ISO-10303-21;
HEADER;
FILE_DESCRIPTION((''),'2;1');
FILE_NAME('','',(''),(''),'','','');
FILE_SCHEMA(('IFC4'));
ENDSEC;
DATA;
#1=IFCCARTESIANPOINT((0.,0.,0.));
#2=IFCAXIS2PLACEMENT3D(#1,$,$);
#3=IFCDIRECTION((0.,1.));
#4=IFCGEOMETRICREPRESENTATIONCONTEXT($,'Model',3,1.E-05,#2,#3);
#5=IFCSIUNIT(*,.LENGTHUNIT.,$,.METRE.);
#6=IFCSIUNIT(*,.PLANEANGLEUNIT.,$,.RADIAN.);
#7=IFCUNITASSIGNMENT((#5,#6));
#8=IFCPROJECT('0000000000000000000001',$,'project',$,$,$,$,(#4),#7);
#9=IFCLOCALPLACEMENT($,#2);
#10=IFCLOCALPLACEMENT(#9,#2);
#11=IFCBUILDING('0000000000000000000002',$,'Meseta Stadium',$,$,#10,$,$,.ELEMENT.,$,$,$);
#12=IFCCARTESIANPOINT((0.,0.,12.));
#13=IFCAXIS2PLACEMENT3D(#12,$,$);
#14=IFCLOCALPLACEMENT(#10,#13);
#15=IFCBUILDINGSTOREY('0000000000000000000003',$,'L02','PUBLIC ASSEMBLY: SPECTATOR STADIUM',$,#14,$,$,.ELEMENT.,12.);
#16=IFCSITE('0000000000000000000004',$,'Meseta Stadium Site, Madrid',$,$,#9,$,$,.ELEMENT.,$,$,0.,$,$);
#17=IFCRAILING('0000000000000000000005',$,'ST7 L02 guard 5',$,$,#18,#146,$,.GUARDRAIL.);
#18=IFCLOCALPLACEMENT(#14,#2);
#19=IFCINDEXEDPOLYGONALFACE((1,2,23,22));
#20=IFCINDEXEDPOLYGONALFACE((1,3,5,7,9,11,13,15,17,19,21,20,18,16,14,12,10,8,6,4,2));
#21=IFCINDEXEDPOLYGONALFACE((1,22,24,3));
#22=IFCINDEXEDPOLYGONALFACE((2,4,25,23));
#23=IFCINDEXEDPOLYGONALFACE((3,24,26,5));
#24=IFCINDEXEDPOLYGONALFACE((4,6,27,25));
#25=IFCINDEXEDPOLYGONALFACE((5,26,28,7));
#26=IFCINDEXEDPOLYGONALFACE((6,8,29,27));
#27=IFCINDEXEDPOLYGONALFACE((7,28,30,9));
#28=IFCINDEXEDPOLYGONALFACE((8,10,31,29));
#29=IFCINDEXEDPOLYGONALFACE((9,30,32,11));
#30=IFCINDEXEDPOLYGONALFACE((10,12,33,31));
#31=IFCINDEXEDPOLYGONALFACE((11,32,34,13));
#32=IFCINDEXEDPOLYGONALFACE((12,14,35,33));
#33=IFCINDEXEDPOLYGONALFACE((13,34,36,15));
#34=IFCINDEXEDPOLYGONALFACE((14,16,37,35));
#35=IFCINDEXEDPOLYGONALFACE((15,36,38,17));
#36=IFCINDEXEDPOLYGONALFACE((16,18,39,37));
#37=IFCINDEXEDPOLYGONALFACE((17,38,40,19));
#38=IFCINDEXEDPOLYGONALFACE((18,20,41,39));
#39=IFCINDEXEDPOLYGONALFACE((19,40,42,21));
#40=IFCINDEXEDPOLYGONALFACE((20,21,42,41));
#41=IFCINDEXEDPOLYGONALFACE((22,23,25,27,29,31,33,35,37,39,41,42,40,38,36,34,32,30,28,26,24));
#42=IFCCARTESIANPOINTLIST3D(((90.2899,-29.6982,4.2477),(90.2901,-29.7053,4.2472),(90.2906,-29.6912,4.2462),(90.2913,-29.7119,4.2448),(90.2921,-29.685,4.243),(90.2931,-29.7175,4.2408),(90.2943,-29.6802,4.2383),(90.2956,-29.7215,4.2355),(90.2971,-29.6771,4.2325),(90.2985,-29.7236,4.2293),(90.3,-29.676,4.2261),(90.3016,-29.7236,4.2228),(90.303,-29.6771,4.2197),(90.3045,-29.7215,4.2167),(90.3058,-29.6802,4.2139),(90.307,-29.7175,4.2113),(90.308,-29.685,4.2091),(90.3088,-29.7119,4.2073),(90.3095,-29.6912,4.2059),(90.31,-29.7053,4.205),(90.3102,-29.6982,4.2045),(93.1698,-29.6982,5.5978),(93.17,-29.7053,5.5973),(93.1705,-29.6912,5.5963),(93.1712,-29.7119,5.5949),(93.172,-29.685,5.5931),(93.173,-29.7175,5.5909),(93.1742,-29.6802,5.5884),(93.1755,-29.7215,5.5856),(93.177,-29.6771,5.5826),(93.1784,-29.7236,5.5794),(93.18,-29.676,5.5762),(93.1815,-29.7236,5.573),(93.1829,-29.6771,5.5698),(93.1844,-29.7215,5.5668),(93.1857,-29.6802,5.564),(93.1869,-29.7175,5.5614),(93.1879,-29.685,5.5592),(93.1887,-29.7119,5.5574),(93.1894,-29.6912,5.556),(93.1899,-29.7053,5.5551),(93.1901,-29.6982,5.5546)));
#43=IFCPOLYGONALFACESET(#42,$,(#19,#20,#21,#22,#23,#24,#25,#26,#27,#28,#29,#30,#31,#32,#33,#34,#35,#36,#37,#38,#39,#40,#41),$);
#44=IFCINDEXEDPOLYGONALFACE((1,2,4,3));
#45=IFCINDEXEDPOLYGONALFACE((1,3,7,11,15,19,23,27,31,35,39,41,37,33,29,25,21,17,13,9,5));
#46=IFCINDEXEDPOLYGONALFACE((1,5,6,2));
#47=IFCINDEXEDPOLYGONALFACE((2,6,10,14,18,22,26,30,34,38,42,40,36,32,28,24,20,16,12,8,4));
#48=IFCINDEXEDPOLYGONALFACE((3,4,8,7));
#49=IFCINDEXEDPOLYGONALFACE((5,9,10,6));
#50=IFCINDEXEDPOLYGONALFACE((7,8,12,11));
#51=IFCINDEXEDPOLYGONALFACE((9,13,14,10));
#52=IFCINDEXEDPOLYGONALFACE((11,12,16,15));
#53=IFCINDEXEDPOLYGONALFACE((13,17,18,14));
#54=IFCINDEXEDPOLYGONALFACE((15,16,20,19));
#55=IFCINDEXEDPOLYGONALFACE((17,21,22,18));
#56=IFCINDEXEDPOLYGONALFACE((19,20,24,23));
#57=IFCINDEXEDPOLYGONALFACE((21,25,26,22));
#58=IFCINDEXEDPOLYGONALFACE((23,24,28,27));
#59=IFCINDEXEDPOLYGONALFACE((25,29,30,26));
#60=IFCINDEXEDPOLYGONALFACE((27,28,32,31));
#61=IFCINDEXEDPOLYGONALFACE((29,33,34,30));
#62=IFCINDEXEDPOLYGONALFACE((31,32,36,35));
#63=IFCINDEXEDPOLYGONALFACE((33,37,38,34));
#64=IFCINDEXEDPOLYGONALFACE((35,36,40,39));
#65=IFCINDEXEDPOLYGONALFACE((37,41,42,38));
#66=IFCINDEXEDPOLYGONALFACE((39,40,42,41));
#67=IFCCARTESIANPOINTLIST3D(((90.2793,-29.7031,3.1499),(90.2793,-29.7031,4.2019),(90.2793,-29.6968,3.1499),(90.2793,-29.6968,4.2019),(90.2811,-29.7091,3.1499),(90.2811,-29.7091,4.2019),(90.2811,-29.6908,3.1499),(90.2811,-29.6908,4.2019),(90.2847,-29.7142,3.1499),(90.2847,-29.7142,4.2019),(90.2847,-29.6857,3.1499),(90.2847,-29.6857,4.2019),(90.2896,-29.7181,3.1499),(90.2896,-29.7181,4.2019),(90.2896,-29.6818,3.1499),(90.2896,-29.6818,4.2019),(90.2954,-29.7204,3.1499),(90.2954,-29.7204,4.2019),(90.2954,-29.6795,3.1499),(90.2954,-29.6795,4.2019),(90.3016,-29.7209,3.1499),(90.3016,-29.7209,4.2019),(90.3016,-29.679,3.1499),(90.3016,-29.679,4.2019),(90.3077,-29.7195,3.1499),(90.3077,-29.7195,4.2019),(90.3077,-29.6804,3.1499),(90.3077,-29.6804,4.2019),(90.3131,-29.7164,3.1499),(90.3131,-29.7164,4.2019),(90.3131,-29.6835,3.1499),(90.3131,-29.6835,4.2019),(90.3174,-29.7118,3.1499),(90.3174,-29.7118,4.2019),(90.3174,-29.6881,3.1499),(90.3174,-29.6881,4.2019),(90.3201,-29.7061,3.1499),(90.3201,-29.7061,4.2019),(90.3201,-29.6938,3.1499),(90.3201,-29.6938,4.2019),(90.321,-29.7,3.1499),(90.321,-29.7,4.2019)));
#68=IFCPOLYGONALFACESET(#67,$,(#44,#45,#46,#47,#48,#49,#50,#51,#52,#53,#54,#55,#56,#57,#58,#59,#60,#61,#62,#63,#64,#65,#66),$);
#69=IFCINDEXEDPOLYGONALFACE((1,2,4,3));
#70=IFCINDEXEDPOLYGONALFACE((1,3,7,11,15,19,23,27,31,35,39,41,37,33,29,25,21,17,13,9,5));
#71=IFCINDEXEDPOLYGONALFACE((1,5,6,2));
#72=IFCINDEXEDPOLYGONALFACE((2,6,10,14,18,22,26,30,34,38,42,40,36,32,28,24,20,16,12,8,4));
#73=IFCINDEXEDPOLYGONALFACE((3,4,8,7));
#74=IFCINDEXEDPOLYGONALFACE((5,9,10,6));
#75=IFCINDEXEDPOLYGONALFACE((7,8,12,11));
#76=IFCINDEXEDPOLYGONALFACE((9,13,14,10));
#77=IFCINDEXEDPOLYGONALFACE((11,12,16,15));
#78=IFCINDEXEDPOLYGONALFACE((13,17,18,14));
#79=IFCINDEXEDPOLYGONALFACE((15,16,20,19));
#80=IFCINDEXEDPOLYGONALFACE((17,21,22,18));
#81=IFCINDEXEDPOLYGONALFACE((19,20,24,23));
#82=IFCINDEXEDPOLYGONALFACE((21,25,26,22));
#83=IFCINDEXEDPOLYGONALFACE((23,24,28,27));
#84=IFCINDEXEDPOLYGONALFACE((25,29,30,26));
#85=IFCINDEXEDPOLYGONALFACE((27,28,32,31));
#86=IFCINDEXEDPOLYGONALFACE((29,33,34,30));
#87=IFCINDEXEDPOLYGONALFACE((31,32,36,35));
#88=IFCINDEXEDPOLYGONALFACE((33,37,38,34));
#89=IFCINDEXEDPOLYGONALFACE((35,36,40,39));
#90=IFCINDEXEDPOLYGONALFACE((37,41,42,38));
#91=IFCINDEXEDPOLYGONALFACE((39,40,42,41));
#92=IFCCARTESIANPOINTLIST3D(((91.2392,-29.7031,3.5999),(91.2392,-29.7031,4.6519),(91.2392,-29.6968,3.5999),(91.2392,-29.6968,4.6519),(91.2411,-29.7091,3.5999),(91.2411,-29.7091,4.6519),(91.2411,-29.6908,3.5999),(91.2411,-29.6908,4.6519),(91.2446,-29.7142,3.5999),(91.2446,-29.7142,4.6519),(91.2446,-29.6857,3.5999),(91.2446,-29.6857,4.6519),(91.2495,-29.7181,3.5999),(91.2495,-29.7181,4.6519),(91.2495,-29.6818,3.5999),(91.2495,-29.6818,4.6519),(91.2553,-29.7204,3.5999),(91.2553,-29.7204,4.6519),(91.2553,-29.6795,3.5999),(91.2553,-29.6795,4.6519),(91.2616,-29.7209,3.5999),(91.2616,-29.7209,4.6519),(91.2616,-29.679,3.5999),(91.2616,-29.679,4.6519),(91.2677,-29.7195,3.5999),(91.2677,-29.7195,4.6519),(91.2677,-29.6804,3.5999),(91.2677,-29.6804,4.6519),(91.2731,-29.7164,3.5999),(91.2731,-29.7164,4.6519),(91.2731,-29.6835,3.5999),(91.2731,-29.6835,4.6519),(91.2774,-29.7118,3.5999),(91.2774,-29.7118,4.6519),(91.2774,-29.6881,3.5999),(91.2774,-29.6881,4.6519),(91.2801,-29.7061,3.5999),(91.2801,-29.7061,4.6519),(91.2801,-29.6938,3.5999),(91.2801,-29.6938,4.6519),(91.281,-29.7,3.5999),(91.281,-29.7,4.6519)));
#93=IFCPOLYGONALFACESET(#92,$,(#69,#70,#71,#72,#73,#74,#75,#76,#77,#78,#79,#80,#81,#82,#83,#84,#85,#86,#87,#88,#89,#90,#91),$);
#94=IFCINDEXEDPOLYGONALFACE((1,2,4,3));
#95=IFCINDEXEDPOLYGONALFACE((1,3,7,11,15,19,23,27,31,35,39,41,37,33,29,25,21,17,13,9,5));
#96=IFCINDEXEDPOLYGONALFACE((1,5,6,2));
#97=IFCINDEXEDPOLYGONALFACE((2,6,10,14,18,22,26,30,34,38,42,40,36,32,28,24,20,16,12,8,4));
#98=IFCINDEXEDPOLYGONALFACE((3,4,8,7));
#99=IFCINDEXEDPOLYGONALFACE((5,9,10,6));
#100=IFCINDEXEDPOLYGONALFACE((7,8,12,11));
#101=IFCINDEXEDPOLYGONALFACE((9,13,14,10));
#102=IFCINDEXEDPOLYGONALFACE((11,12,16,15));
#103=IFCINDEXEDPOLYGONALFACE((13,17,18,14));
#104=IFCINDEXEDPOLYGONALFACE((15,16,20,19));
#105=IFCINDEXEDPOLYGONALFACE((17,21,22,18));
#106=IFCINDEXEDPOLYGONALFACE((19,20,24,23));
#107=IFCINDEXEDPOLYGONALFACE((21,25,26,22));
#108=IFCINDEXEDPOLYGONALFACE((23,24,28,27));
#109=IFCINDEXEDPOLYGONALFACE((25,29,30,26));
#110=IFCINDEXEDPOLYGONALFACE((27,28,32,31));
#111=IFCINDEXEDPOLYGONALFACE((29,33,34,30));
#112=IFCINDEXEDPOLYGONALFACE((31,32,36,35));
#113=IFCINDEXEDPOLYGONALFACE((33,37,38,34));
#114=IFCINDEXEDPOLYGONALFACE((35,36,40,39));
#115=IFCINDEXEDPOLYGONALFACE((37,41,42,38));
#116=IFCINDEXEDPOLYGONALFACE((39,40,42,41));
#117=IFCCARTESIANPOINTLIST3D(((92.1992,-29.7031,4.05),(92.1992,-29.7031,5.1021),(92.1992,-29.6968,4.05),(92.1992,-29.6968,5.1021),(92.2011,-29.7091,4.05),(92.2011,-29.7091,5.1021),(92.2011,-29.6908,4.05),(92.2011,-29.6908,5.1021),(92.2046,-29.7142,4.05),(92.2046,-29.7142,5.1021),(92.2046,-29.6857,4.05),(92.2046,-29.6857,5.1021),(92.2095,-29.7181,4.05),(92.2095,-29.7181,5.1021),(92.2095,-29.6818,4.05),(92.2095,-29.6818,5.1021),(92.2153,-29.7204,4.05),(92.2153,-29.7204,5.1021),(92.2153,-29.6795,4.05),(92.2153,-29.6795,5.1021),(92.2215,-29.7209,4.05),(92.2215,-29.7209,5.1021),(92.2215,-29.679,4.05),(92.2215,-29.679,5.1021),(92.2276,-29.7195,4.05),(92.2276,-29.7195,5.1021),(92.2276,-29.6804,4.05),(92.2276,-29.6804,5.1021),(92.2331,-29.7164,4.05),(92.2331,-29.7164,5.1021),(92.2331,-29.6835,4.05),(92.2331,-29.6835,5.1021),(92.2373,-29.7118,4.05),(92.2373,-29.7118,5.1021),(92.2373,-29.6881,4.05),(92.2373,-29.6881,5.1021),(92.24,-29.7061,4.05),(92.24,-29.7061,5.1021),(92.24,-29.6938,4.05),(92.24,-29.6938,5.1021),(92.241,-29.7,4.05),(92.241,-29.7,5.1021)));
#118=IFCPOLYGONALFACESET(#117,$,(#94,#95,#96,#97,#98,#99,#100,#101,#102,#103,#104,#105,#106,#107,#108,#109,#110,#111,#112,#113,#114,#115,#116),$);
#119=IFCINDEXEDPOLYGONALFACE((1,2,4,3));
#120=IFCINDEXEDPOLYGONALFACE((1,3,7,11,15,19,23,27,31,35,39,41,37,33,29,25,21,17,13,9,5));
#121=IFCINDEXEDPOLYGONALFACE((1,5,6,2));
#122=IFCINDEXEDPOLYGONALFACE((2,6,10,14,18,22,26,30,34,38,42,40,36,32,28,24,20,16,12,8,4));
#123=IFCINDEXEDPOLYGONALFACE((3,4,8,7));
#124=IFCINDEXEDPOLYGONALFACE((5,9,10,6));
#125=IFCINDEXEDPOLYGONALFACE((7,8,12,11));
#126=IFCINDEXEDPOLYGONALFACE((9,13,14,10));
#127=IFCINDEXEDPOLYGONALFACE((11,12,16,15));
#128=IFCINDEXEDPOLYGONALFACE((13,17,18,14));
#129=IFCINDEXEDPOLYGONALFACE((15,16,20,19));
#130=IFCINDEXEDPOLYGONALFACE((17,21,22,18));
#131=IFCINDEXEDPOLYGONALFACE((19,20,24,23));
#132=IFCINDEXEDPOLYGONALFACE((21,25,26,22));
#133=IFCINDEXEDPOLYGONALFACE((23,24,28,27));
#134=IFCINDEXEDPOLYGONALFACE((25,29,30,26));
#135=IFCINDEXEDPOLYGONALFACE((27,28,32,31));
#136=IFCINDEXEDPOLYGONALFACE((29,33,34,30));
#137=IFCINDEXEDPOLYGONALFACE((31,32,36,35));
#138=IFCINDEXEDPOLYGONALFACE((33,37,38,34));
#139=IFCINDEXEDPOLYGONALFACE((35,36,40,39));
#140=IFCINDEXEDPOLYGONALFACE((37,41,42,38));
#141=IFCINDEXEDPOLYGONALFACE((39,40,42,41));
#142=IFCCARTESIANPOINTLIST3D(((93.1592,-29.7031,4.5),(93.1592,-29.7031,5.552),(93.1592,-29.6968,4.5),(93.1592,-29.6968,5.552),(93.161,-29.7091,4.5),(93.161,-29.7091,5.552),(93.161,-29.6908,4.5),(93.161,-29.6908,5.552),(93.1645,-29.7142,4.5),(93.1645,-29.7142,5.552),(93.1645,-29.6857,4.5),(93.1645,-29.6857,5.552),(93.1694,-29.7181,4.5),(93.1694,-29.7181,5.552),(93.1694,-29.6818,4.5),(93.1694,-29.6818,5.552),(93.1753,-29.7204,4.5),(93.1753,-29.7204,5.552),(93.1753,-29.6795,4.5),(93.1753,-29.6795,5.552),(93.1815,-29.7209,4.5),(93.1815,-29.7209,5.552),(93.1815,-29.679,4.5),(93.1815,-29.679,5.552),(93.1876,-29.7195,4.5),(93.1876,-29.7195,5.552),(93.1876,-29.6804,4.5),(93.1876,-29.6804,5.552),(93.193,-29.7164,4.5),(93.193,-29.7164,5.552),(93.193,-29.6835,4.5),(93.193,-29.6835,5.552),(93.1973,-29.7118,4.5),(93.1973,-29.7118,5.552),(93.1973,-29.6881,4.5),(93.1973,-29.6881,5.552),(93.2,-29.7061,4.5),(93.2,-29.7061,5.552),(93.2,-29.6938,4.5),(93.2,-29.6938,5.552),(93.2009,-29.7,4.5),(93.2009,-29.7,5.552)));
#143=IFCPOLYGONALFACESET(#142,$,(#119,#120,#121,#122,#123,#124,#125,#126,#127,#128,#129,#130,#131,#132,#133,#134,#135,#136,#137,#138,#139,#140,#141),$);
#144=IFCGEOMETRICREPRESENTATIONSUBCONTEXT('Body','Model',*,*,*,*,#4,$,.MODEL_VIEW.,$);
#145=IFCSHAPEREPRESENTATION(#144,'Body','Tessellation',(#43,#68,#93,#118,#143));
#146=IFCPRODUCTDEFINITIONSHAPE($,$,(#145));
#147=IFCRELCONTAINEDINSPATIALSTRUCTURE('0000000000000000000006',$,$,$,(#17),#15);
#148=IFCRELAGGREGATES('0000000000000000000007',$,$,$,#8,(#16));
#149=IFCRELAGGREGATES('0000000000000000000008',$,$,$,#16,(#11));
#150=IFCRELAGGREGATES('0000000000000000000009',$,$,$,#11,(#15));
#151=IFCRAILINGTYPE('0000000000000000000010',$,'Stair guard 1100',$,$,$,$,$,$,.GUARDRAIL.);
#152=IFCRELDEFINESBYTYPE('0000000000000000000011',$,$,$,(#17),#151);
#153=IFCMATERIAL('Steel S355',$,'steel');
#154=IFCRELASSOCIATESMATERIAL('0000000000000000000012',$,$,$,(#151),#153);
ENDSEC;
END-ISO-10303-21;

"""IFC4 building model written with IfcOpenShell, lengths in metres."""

from ifc_helpers import new_model, si_unit, direction, frame, origin, origin_2d, place, context, subcontext, project, spatial, circle, extrude, material, type_object, element, save


model = new_model("IFC4")

# Units and contexts
model_context = context("Model", 3, precision=1e-05, world=origin(), true_north=direction((0.0, 1.0)))
body_context = subcontext(model_context, "Body", "Model", "MODEL_VIEW")
ifc_project = project(units=[si_unit("LENGTHUNIT", "METRE"), si_unit("PLANEANGLEUNIT", "RADIAN")], contexts=[model_context])

# Site, building, storey
site_placement = place(None, origin())
site = spatial("IfcSite", under=ifc_project, at=site_placement, Name="Meseta Stadium Site, Madrid", CompositionType="ELEMENT", RefElevation=0.0)
building_placement = place(site_placement, origin())
building = spatial("IfcBuilding", under=site, at=building_placement, Name="Meseta Stadium", CompositionType="ELEMENT")
storey_placement = place(building_placement, frame((0.0, 0.0, 12.0)))
storey = spatial("IfcBuildingStorey", under=building, at=storey_placement, Name="L02", Description="PUBLIC ASSEMBLY: SPECTATOR STADIUM", CompositionType="ELEMENT", Elevation=12.0)

# Railing
ifc_material_1 = material(Name="Steel S355", Category="steel")
railing_type_1 = type_object("IfcRailingType", Name="Stair guard 1100", PredefinedType="GUARDRAIL", material=ifc_material_1)
railing_1_placement = place(storey_placement, frame((90.3, -29.7, 3.1499)))
element("IfcRailing", 1, at=railing_1_placement, inside=storey, type_object=railing_type_1, Name="ST7 L02 guard 5", PredefinedType="GUARDRAIL", context=body_context, shape_type="SweptSolid", body=[
    extrude(circle(Radius=0.0239, at=origin_2d()), frame((0.0, 0.0, 1.0762), z_axis=(0.90544, 0.0, 0.424473), x_axis=(0.0, 1.0, 0.0)), (0.0, 0.0, 1.0), 3.1807),
    extrude(circle(Radius=0.021, at=origin_2d()), origin(), (0.0, 0.0, 1.0), 1.052),
    extrude(circle(Radius=0.021, at=origin_2d()), frame((0.96, 0.0, 0.45)), (0.0, 0.0, 1.0), 1.052),
    extrude(circle(Radius=0.021, at=origin_2d()), frame((1.9199, 0.0, 0.9001)), (0.0, 0.0, 1.0), 1.052),
    extrude(circle(Radius=0.021, at=origin_2d()), frame((2.8799, 0.0, 1.3501)), (0.0, 0.0, 1.0), 1.052),
])

save(model, "model.ifc")
